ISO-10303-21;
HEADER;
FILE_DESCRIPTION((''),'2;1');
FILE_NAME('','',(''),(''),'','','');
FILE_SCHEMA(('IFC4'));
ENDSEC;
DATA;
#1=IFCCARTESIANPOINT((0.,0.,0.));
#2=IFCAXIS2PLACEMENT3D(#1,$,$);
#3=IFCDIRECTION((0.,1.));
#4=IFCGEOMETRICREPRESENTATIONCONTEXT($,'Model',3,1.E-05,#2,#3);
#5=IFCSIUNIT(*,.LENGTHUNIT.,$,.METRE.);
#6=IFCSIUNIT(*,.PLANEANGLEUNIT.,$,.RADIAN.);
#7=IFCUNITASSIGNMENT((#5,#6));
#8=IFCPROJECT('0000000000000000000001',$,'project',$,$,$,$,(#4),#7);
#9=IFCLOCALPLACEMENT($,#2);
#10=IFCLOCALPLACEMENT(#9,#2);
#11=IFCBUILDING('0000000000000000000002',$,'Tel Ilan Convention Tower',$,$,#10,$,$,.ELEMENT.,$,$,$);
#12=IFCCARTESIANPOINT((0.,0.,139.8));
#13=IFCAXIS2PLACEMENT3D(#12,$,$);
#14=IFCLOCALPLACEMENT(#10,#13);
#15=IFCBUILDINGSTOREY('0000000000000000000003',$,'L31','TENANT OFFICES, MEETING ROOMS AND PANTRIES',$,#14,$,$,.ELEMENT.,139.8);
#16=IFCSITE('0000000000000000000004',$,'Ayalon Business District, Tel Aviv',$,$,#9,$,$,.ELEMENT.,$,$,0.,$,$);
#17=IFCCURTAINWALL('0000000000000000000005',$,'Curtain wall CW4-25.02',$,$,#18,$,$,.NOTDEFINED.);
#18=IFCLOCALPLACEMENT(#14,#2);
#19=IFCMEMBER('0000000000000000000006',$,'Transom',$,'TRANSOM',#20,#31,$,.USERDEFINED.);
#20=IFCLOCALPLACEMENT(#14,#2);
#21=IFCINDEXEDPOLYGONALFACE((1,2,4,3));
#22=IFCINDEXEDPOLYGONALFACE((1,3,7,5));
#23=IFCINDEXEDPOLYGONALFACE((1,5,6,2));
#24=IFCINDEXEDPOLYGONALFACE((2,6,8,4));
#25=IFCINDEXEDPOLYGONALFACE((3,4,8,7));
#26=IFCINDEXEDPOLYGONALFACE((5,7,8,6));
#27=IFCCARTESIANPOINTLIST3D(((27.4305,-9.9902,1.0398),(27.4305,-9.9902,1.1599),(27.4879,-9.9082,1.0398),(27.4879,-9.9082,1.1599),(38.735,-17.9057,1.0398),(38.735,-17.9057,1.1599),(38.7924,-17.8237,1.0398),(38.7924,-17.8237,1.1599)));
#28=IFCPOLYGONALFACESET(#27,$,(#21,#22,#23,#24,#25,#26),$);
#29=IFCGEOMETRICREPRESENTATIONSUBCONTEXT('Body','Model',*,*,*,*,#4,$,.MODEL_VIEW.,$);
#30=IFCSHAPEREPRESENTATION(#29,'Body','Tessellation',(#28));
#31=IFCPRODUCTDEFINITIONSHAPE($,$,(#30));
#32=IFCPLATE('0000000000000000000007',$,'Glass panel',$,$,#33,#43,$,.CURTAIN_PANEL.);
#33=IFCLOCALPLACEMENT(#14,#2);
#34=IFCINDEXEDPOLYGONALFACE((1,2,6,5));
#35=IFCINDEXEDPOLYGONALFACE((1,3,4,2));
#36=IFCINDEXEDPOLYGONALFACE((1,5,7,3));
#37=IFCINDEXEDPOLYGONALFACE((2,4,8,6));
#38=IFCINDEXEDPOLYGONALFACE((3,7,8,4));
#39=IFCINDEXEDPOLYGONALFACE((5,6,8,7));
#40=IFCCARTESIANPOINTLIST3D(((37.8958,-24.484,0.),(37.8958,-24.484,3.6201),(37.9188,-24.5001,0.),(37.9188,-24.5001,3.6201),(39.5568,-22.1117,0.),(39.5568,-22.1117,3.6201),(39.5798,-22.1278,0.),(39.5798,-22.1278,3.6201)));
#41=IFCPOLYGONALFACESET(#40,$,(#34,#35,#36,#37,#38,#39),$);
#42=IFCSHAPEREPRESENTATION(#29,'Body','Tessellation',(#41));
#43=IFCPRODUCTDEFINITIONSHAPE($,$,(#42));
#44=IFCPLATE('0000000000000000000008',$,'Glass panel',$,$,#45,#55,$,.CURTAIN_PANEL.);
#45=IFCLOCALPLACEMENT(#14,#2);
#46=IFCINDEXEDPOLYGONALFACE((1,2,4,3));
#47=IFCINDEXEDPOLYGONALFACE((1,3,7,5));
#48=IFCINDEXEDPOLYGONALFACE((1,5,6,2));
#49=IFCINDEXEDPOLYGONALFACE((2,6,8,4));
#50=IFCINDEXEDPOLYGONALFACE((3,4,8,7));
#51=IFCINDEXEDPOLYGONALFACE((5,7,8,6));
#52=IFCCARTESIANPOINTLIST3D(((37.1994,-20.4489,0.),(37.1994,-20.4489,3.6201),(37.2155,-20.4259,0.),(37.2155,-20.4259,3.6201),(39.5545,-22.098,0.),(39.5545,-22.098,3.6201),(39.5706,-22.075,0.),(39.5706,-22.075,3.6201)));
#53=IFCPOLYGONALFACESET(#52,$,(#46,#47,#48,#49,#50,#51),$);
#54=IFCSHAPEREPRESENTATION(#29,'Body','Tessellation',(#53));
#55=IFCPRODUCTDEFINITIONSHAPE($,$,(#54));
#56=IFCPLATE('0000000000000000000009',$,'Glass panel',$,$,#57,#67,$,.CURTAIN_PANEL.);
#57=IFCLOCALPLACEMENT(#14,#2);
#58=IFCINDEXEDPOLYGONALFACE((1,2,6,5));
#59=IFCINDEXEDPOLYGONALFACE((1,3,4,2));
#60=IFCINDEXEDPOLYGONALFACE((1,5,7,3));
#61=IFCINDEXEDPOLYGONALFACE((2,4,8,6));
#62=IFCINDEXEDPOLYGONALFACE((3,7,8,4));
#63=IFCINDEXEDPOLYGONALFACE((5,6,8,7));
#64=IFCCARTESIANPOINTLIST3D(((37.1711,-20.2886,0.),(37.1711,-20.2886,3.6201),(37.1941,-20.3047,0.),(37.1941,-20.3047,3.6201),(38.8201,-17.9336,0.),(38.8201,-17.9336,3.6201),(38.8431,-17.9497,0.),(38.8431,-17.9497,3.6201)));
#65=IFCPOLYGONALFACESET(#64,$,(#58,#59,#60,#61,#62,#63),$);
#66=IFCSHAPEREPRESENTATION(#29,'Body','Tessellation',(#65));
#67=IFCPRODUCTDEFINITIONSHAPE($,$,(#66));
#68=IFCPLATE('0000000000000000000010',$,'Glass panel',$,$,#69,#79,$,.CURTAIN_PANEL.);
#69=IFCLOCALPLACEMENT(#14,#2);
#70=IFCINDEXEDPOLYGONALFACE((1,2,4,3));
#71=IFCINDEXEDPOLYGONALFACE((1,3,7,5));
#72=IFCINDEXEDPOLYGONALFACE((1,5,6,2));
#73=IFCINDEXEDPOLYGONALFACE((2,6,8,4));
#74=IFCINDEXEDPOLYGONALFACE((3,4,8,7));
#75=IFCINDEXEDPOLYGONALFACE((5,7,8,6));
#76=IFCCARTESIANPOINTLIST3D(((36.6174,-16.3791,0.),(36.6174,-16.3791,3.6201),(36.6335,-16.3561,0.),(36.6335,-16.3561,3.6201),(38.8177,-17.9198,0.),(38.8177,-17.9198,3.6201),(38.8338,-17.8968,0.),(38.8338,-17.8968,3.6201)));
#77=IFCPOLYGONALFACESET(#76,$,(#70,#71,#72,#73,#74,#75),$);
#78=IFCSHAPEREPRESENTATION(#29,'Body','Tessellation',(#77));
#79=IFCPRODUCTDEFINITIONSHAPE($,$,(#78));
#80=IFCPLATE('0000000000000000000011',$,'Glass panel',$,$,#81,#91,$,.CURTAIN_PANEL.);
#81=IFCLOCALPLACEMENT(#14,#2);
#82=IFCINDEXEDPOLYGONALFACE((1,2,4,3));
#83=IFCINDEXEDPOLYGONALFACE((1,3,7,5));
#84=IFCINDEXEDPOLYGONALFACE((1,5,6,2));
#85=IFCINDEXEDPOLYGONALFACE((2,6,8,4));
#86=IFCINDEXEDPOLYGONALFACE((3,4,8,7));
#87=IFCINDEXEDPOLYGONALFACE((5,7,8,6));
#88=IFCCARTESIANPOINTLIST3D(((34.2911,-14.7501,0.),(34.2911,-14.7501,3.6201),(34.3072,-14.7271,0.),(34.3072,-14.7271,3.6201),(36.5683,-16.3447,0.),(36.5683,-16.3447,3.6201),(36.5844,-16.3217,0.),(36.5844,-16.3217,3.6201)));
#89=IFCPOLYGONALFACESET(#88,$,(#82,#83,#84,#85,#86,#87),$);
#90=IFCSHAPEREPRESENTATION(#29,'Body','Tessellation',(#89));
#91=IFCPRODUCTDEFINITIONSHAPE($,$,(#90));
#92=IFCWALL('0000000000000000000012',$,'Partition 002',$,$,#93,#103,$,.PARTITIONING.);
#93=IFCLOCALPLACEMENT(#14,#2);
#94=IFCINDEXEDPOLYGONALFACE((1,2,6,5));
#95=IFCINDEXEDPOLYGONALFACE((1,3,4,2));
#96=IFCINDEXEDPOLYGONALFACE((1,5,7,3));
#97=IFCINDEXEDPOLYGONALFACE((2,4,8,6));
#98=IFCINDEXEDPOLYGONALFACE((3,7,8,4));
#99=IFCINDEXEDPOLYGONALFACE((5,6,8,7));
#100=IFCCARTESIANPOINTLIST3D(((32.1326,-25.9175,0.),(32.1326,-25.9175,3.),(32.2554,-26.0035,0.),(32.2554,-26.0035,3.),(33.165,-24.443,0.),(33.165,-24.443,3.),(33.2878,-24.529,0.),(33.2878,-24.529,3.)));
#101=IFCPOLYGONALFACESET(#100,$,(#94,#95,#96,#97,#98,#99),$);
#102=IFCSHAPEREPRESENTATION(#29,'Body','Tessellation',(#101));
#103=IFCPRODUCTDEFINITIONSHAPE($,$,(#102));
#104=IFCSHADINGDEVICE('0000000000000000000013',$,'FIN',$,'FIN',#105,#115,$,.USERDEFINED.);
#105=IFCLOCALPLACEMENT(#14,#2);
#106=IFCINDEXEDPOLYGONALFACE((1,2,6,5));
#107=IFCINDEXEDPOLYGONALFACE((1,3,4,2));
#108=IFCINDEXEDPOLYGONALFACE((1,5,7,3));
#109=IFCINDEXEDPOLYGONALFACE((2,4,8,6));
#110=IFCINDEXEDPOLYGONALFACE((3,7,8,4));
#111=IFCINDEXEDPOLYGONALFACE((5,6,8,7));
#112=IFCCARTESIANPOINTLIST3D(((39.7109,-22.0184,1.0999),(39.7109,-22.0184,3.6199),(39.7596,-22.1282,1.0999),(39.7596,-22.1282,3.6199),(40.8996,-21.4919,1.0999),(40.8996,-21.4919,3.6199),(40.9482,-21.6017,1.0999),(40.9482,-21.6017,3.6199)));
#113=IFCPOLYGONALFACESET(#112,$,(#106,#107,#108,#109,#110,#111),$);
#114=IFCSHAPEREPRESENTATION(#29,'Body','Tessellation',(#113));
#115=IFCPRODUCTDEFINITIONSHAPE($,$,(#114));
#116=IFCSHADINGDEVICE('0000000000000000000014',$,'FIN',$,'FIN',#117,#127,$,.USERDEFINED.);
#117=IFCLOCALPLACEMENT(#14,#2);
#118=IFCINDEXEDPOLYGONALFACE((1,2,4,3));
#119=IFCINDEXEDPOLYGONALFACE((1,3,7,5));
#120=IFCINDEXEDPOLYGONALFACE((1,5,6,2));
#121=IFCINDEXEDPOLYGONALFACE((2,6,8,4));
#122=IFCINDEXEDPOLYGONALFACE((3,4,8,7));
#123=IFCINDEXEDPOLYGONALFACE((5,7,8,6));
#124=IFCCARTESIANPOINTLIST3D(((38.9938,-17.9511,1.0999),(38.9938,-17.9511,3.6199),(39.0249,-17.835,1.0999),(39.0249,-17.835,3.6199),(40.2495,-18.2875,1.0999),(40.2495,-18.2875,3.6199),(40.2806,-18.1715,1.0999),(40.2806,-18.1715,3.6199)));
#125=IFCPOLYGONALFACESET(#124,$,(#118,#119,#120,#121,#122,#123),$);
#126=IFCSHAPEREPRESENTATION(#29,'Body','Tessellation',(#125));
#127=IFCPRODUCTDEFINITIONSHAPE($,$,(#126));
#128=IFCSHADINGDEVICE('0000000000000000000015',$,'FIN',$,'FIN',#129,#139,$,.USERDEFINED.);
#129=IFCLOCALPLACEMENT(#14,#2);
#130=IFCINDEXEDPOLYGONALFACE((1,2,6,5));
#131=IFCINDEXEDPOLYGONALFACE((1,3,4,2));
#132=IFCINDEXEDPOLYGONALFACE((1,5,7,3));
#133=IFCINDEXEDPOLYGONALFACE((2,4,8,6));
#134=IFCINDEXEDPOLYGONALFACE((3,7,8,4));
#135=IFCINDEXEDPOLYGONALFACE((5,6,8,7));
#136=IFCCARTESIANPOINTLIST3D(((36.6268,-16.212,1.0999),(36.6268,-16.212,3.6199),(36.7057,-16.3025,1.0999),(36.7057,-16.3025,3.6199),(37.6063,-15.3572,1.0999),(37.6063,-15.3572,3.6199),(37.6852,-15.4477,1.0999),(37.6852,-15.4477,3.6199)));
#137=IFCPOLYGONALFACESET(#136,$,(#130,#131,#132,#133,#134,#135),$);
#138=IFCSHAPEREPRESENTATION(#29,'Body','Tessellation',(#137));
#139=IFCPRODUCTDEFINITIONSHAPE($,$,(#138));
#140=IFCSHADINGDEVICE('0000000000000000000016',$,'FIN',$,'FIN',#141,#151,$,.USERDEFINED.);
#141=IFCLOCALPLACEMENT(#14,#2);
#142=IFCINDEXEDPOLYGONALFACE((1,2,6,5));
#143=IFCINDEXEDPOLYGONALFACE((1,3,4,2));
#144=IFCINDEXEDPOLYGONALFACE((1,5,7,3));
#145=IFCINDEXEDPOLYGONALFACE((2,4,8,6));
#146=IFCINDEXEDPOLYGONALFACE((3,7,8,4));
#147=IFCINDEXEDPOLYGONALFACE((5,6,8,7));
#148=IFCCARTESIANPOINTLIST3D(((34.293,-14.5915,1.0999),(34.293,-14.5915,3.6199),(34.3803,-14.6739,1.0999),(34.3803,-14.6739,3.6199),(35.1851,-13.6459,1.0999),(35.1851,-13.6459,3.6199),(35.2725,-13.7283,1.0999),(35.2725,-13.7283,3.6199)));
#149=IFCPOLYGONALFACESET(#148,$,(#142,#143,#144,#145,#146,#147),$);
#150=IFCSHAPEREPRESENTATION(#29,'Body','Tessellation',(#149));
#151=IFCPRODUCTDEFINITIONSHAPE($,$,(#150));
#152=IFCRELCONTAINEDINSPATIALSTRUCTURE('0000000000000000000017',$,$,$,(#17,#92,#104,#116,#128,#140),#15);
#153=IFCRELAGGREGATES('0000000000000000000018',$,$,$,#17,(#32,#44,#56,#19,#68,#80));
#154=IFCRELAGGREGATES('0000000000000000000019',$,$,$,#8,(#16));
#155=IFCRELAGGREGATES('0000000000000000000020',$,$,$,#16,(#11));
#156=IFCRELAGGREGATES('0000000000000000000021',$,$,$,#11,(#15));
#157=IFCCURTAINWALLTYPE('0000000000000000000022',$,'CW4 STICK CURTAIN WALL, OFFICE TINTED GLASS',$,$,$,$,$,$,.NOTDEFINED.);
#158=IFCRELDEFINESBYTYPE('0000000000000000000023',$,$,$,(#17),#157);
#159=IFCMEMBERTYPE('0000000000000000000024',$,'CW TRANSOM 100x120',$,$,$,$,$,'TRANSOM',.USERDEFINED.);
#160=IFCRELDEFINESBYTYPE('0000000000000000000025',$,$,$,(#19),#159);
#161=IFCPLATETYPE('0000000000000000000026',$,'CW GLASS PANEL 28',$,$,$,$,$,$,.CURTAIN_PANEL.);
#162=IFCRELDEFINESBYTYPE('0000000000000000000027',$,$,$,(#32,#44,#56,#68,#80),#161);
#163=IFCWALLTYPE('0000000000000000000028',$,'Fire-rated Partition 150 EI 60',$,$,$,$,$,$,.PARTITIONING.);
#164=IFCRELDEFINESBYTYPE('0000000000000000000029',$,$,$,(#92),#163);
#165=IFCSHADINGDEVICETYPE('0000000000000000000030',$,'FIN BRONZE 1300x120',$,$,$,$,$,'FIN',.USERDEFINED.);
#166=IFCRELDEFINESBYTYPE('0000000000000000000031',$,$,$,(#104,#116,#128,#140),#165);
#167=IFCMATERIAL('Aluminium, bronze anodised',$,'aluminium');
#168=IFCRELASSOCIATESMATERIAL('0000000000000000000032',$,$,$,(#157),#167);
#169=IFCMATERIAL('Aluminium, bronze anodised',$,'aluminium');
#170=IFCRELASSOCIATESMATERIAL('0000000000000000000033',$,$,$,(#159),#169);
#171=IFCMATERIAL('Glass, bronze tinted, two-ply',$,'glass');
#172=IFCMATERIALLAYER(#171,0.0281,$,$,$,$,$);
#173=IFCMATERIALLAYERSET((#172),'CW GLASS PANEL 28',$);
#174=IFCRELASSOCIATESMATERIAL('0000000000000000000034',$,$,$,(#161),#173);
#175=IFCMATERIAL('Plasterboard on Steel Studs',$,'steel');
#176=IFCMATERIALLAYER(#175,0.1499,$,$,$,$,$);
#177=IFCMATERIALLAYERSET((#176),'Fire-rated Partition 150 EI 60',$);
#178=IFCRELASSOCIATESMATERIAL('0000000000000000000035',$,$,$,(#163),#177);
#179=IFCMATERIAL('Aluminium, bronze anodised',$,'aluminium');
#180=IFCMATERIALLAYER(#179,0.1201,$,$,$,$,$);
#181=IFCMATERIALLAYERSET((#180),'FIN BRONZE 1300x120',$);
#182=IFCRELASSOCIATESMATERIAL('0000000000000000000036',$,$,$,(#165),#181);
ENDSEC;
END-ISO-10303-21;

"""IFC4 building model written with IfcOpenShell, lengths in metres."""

from ifc_helpers import new_model, si_unit, direction, frame, frame_2d, origin, origin_2d, place, context, subcontext, project, spatial, rectangle, extrude, material, layer, layer_set, material_profile, profile_set, type_object, element, aggregate, save


model = new_model("IFC4")

# Units and contexts
model_context = context("Model", 3, precision=1e-05, world=origin(), true_north=direction((0.0, 1.0)))
body_context = subcontext(model_context, "Body", "Model", "MODEL_VIEW")
ifc_project = project(units=[si_unit("LENGTHUNIT", "METRE"), si_unit("PLANEANGLEUNIT", "RADIAN")], contexts=[model_context])

# Site, building, storey
site_placement = place(None, origin())
site = spatial("IfcSite", under=ifc_project, at=site_placement, Name="Ayalon Business District, Tel Aviv", CompositionType="ELEMENT", RefElevation=0.0)
building_placement = place(site_placement, origin())
building = spatial("IfcBuilding", under=site, at=building_placement, Name="Tel Ilan Convention Tower", CompositionType="ELEMENT")
storey_placement = place(building_placement, frame((0.0, 0.0, 139.8)))
storey = spatial("IfcBuildingStorey", under=building, at=storey_placement, Name="L31", Description="TENANT OFFICES, MEETING ROOMS AND PANTRIES", CompositionType="ELEMENT", Elevation=139.8)

# Curtain wall, member, plates
ifc_material_1 = material(Name="Aluminium, bronze anodised", Category="aluminium")
curtain_wall_type = type_object("IfcCurtainWallType", Name="CW4 STICK CURTAIN WALL, OFFICE TINTED GLASS", PredefinedType="NOTDEFINED", material=ifc_material_1)
curtain_wall_placement = place(storey_placement, origin())
curtain_wall = element("IfcCurtainWall", 1, at=curtain_wall_placement, inside=storey, type_object=curtain_wall_type, Name="Curtain wall CW4-25.02", PredefinedType="NOTDEFINED")
ifc_material_2 = material(Name="Aluminium, bronze anodised", Category="aluminium")
ifc_material_profile_1 = material_profile(ifc_material_2, rectangle(XDim=0.1001, YDim=0.1201, at=origin_2d()), Name="CW TRANSOM 100x120")
ifc_profile_set_1 = profile_set([ifc_material_profile_1], Name="Aluminium, bronze anodised")
member_type_1 = type_object("IfcMemberType", Name="CW TRANSOM 100x120", ElementType="TRANSOM", PredefinedType="USERDEFINED", material=ifc_profile_set_1)
member_1_placement = place(storey_placement, frame((38.7637, -17.8647, 1.0999), z_axis=(-0.81915, 0.57358, 0.0), x_axis=(-0.57358, -0.81915, 0.0)))
member_1 = element("IfcMember", 2, at=member_1_placement, type_object=member_type_1, Name="Transom", ObjectType="TRANSOM", PredefinedType="USERDEFINED", context=body_context, shape_type="SweptSolid", body=[
    extrude(rectangle(XDim=0.1001, YDim=0.1201, at=origin_2d()), origin(), (0.0, 0.0, 1.0), 13.8003),
])
ifc_material_3 = material(Name="Glass, bronze tinted, two-ply", Category="glass")
ifc_layer_1 = layer(ifc_material_3, 0.0281)
ifc_layer_set_1 = layer_set([ifc_layer_1], Name="CW GLASS PANEL 28")
plate_type = type_object("IfcPlateType", Name="CW GLASS PANEL 28", PredefinedType="CURTAIN_PANEL", material=ifc_layer_set_1)
plate_1_placement = place(storey_placement, frame((38.7378, -23.3059, 0.0), z_axis=(0.0, 0.0, 1.0), x_axis=(0.573576, 0.819152, 0.0)))
plate_1 = element("IfcPlate", 3, at=plate_1_placement, type_object=plate_type, Name="Glass panel", PredefinedType="CURTAIN_PANEL", context=body_context, shape_type="SweptSolid", body=[
    extrude(rectangle(XDim=2.896, YDim=0.0281, at=origin_2d()), origin(), (0.0, 0.0, 1.0), 3.6201),
])
plate_2_placement = place(storey_placement, frame((38.385, -21.262, 0.0), z_axis=(0.0, 0.0, 1.0), x_axis=(-0.819152, 0.573576, 0.0)))
plate_2 = element("IfcPlate", 4, at=plate_2_placement, type_object=plate_type, Name="Glass panel", PredefinedType="CURTAIN_PANEL", context=body_context, shape_type="SweptSolid", body=[
    extrude(rectangle(XDim=2.875, YDim=0.0281, at=origin_2d()), origin(), (0.0, 0.0, 1.0), 3.6201),
])
plate_3_placement = place(storey_placement, frame((38.0071, -19.1191, 0.0), z_axis=(0.0, 0.0, 1.0), x_axis=(0.573576, 0.819152, 0.0)))
plate_3 = element("IfcPlate", 5, at=plate_3_placement, type_object=plate_type, Name="Glass panel", PredefinedType="CURTAIN_PANEL", context=body_context, shape_type="SweptSolid", body=[
    extrude(rectangle(XDim=2.875, YDim=0.0281, at=origin_2d()), origin(), (0.0, 0.0, 1.0), 3.6201),
])
plate_4_placement = place(storey_placement, frame((37.7256, -17.1379, 0.0), z_axis=(0.0, 0.0, 1.0), x_axis=(-0.819152, 0.573576, 0.0)))
plate_4 = element("IfcPlate", 6, at=plate_4_placement, type_object=plate_type, Name="Glass panel", PredefinedType="CURTAIN_PANEL", context=body_context, shape_type="SweptSolid", body=[
    extrude(rectangle(XDim=2.686, YDim=0.0281, at=origin_2d()), origin(), (0.0, 0.0, 1.0), 3.6201),
])
plate_5_placement = place(storey_placement, frame((35.4377, -15.5359, 0.0), z_axis=(0.0, 0.0, 1.0), x_axis=(-0.819152, 0.573576, 0.0)))
plate_5 = element("IfcPlate", 7, at=plate_5_placement, type_object=plate_type, Name="Glass panel", PredefinedType="CURTAIN_PANEL", context=body_context, shape_type="SweptSolid", body=[
    extrude(rectangle(XDim=2.78, YDim=0.0281, at=origin_2d()), origin(), (0.0, 0.0, 1.0), 3.6201),
])
aggregate(curtain_wall, [plate_1, plate_2, plate_3, member_1, plate_4, plate_5])

# Wall
ifc_material_4 = material(Name="Plasterboard on Steel Studs", Category="steel")
ifc_layer_2 = layer(ifc_material_4, 0.1499)
ifc_layer_set_2 = layer_set([ifc_layer_2], Name="Fire-rated Partition 150 EI 60")
wall_type = type_object("IfcWallType", Name="Fire-rated Partition 150 EI 60", PredefinedType="PARTITIONING", material=ifc_layer_set_2)
wall_placement = place(storey_placement, frame((33.2263, -24.4861, 0.0), z_axis=(0.0, 0.0, 1.0), x_axis=(-0.573553, -0.819168, 0.0)))
element("IfcWall", 8, at=wall_placement, inside=storey, type_object=wall_type, Name="Partition 002", PredefinedType="PARTITIONING", context=body_context, shape_type="SweptSolid", body=[
    extrude(rectangle(XDim=1.8, YDim=0.1499, at=frame_2d((0.8999, 0.0))), origin(), (0.0, 0.0, 1.0), 3.0),
])

# Shading devices
ifc_material_5 = material(Name="Aluminium, bronze anodised", Category="aluminium")
ifc_layer_3 = layer(ifc_material_5, 0.1201)
ifc_layer_set_3 = layer_set([ifc_layer_3], Name="FIN BRONZE 1300x120")
shading_device_type = type_object("IfcShadingDeviceType", Name="FIN BRONZE 1300x120", ElementType="FIN", PredefinedType="USERDEFINED", material=ifc_layer_set_3)
for number, where, z_axis, x_axis, name in (
    (9, (40.3296, -21.8101, 1.0999), (0.0, 0.0, 1.0), (0.914333, 0.404964, 0.0), "FIN"),
    (10, (39.6372, -18.0613, 1.0999), (0.0, 0.0, 1.0), (0.965926, -0.258819, 0.0), "FIN"),
    (11, (37.156, -15.8298, 1.0999), (0.0, 0.0, 1.0), (0.753436, 0.657521, 0.0), "FIN"),
    (12, (34.7827, -14.1599, 1.0999), (0.0, 0.0, 1.0), (0.686242, 0.727374, 0.0), "FIN"),
):
    element("IfcShadingDevice", number, at=place(storey_placement, frame(where, z_axis=z_axis, x_axis=x_axis)), inside=storey, type_object=shading_device_type, Name=name, ObjectType="FIN", PredefinedType="USERDEFINED", context=body_context, shape_type="SweptSolid", body=[
        extrude(rectangle(XDim=1.3, YDim=0.1201, at=origin_2d()), origin(), (0.0, 0.0, 1.0), 2.52),
    ])

save(model, "model.ifc")
